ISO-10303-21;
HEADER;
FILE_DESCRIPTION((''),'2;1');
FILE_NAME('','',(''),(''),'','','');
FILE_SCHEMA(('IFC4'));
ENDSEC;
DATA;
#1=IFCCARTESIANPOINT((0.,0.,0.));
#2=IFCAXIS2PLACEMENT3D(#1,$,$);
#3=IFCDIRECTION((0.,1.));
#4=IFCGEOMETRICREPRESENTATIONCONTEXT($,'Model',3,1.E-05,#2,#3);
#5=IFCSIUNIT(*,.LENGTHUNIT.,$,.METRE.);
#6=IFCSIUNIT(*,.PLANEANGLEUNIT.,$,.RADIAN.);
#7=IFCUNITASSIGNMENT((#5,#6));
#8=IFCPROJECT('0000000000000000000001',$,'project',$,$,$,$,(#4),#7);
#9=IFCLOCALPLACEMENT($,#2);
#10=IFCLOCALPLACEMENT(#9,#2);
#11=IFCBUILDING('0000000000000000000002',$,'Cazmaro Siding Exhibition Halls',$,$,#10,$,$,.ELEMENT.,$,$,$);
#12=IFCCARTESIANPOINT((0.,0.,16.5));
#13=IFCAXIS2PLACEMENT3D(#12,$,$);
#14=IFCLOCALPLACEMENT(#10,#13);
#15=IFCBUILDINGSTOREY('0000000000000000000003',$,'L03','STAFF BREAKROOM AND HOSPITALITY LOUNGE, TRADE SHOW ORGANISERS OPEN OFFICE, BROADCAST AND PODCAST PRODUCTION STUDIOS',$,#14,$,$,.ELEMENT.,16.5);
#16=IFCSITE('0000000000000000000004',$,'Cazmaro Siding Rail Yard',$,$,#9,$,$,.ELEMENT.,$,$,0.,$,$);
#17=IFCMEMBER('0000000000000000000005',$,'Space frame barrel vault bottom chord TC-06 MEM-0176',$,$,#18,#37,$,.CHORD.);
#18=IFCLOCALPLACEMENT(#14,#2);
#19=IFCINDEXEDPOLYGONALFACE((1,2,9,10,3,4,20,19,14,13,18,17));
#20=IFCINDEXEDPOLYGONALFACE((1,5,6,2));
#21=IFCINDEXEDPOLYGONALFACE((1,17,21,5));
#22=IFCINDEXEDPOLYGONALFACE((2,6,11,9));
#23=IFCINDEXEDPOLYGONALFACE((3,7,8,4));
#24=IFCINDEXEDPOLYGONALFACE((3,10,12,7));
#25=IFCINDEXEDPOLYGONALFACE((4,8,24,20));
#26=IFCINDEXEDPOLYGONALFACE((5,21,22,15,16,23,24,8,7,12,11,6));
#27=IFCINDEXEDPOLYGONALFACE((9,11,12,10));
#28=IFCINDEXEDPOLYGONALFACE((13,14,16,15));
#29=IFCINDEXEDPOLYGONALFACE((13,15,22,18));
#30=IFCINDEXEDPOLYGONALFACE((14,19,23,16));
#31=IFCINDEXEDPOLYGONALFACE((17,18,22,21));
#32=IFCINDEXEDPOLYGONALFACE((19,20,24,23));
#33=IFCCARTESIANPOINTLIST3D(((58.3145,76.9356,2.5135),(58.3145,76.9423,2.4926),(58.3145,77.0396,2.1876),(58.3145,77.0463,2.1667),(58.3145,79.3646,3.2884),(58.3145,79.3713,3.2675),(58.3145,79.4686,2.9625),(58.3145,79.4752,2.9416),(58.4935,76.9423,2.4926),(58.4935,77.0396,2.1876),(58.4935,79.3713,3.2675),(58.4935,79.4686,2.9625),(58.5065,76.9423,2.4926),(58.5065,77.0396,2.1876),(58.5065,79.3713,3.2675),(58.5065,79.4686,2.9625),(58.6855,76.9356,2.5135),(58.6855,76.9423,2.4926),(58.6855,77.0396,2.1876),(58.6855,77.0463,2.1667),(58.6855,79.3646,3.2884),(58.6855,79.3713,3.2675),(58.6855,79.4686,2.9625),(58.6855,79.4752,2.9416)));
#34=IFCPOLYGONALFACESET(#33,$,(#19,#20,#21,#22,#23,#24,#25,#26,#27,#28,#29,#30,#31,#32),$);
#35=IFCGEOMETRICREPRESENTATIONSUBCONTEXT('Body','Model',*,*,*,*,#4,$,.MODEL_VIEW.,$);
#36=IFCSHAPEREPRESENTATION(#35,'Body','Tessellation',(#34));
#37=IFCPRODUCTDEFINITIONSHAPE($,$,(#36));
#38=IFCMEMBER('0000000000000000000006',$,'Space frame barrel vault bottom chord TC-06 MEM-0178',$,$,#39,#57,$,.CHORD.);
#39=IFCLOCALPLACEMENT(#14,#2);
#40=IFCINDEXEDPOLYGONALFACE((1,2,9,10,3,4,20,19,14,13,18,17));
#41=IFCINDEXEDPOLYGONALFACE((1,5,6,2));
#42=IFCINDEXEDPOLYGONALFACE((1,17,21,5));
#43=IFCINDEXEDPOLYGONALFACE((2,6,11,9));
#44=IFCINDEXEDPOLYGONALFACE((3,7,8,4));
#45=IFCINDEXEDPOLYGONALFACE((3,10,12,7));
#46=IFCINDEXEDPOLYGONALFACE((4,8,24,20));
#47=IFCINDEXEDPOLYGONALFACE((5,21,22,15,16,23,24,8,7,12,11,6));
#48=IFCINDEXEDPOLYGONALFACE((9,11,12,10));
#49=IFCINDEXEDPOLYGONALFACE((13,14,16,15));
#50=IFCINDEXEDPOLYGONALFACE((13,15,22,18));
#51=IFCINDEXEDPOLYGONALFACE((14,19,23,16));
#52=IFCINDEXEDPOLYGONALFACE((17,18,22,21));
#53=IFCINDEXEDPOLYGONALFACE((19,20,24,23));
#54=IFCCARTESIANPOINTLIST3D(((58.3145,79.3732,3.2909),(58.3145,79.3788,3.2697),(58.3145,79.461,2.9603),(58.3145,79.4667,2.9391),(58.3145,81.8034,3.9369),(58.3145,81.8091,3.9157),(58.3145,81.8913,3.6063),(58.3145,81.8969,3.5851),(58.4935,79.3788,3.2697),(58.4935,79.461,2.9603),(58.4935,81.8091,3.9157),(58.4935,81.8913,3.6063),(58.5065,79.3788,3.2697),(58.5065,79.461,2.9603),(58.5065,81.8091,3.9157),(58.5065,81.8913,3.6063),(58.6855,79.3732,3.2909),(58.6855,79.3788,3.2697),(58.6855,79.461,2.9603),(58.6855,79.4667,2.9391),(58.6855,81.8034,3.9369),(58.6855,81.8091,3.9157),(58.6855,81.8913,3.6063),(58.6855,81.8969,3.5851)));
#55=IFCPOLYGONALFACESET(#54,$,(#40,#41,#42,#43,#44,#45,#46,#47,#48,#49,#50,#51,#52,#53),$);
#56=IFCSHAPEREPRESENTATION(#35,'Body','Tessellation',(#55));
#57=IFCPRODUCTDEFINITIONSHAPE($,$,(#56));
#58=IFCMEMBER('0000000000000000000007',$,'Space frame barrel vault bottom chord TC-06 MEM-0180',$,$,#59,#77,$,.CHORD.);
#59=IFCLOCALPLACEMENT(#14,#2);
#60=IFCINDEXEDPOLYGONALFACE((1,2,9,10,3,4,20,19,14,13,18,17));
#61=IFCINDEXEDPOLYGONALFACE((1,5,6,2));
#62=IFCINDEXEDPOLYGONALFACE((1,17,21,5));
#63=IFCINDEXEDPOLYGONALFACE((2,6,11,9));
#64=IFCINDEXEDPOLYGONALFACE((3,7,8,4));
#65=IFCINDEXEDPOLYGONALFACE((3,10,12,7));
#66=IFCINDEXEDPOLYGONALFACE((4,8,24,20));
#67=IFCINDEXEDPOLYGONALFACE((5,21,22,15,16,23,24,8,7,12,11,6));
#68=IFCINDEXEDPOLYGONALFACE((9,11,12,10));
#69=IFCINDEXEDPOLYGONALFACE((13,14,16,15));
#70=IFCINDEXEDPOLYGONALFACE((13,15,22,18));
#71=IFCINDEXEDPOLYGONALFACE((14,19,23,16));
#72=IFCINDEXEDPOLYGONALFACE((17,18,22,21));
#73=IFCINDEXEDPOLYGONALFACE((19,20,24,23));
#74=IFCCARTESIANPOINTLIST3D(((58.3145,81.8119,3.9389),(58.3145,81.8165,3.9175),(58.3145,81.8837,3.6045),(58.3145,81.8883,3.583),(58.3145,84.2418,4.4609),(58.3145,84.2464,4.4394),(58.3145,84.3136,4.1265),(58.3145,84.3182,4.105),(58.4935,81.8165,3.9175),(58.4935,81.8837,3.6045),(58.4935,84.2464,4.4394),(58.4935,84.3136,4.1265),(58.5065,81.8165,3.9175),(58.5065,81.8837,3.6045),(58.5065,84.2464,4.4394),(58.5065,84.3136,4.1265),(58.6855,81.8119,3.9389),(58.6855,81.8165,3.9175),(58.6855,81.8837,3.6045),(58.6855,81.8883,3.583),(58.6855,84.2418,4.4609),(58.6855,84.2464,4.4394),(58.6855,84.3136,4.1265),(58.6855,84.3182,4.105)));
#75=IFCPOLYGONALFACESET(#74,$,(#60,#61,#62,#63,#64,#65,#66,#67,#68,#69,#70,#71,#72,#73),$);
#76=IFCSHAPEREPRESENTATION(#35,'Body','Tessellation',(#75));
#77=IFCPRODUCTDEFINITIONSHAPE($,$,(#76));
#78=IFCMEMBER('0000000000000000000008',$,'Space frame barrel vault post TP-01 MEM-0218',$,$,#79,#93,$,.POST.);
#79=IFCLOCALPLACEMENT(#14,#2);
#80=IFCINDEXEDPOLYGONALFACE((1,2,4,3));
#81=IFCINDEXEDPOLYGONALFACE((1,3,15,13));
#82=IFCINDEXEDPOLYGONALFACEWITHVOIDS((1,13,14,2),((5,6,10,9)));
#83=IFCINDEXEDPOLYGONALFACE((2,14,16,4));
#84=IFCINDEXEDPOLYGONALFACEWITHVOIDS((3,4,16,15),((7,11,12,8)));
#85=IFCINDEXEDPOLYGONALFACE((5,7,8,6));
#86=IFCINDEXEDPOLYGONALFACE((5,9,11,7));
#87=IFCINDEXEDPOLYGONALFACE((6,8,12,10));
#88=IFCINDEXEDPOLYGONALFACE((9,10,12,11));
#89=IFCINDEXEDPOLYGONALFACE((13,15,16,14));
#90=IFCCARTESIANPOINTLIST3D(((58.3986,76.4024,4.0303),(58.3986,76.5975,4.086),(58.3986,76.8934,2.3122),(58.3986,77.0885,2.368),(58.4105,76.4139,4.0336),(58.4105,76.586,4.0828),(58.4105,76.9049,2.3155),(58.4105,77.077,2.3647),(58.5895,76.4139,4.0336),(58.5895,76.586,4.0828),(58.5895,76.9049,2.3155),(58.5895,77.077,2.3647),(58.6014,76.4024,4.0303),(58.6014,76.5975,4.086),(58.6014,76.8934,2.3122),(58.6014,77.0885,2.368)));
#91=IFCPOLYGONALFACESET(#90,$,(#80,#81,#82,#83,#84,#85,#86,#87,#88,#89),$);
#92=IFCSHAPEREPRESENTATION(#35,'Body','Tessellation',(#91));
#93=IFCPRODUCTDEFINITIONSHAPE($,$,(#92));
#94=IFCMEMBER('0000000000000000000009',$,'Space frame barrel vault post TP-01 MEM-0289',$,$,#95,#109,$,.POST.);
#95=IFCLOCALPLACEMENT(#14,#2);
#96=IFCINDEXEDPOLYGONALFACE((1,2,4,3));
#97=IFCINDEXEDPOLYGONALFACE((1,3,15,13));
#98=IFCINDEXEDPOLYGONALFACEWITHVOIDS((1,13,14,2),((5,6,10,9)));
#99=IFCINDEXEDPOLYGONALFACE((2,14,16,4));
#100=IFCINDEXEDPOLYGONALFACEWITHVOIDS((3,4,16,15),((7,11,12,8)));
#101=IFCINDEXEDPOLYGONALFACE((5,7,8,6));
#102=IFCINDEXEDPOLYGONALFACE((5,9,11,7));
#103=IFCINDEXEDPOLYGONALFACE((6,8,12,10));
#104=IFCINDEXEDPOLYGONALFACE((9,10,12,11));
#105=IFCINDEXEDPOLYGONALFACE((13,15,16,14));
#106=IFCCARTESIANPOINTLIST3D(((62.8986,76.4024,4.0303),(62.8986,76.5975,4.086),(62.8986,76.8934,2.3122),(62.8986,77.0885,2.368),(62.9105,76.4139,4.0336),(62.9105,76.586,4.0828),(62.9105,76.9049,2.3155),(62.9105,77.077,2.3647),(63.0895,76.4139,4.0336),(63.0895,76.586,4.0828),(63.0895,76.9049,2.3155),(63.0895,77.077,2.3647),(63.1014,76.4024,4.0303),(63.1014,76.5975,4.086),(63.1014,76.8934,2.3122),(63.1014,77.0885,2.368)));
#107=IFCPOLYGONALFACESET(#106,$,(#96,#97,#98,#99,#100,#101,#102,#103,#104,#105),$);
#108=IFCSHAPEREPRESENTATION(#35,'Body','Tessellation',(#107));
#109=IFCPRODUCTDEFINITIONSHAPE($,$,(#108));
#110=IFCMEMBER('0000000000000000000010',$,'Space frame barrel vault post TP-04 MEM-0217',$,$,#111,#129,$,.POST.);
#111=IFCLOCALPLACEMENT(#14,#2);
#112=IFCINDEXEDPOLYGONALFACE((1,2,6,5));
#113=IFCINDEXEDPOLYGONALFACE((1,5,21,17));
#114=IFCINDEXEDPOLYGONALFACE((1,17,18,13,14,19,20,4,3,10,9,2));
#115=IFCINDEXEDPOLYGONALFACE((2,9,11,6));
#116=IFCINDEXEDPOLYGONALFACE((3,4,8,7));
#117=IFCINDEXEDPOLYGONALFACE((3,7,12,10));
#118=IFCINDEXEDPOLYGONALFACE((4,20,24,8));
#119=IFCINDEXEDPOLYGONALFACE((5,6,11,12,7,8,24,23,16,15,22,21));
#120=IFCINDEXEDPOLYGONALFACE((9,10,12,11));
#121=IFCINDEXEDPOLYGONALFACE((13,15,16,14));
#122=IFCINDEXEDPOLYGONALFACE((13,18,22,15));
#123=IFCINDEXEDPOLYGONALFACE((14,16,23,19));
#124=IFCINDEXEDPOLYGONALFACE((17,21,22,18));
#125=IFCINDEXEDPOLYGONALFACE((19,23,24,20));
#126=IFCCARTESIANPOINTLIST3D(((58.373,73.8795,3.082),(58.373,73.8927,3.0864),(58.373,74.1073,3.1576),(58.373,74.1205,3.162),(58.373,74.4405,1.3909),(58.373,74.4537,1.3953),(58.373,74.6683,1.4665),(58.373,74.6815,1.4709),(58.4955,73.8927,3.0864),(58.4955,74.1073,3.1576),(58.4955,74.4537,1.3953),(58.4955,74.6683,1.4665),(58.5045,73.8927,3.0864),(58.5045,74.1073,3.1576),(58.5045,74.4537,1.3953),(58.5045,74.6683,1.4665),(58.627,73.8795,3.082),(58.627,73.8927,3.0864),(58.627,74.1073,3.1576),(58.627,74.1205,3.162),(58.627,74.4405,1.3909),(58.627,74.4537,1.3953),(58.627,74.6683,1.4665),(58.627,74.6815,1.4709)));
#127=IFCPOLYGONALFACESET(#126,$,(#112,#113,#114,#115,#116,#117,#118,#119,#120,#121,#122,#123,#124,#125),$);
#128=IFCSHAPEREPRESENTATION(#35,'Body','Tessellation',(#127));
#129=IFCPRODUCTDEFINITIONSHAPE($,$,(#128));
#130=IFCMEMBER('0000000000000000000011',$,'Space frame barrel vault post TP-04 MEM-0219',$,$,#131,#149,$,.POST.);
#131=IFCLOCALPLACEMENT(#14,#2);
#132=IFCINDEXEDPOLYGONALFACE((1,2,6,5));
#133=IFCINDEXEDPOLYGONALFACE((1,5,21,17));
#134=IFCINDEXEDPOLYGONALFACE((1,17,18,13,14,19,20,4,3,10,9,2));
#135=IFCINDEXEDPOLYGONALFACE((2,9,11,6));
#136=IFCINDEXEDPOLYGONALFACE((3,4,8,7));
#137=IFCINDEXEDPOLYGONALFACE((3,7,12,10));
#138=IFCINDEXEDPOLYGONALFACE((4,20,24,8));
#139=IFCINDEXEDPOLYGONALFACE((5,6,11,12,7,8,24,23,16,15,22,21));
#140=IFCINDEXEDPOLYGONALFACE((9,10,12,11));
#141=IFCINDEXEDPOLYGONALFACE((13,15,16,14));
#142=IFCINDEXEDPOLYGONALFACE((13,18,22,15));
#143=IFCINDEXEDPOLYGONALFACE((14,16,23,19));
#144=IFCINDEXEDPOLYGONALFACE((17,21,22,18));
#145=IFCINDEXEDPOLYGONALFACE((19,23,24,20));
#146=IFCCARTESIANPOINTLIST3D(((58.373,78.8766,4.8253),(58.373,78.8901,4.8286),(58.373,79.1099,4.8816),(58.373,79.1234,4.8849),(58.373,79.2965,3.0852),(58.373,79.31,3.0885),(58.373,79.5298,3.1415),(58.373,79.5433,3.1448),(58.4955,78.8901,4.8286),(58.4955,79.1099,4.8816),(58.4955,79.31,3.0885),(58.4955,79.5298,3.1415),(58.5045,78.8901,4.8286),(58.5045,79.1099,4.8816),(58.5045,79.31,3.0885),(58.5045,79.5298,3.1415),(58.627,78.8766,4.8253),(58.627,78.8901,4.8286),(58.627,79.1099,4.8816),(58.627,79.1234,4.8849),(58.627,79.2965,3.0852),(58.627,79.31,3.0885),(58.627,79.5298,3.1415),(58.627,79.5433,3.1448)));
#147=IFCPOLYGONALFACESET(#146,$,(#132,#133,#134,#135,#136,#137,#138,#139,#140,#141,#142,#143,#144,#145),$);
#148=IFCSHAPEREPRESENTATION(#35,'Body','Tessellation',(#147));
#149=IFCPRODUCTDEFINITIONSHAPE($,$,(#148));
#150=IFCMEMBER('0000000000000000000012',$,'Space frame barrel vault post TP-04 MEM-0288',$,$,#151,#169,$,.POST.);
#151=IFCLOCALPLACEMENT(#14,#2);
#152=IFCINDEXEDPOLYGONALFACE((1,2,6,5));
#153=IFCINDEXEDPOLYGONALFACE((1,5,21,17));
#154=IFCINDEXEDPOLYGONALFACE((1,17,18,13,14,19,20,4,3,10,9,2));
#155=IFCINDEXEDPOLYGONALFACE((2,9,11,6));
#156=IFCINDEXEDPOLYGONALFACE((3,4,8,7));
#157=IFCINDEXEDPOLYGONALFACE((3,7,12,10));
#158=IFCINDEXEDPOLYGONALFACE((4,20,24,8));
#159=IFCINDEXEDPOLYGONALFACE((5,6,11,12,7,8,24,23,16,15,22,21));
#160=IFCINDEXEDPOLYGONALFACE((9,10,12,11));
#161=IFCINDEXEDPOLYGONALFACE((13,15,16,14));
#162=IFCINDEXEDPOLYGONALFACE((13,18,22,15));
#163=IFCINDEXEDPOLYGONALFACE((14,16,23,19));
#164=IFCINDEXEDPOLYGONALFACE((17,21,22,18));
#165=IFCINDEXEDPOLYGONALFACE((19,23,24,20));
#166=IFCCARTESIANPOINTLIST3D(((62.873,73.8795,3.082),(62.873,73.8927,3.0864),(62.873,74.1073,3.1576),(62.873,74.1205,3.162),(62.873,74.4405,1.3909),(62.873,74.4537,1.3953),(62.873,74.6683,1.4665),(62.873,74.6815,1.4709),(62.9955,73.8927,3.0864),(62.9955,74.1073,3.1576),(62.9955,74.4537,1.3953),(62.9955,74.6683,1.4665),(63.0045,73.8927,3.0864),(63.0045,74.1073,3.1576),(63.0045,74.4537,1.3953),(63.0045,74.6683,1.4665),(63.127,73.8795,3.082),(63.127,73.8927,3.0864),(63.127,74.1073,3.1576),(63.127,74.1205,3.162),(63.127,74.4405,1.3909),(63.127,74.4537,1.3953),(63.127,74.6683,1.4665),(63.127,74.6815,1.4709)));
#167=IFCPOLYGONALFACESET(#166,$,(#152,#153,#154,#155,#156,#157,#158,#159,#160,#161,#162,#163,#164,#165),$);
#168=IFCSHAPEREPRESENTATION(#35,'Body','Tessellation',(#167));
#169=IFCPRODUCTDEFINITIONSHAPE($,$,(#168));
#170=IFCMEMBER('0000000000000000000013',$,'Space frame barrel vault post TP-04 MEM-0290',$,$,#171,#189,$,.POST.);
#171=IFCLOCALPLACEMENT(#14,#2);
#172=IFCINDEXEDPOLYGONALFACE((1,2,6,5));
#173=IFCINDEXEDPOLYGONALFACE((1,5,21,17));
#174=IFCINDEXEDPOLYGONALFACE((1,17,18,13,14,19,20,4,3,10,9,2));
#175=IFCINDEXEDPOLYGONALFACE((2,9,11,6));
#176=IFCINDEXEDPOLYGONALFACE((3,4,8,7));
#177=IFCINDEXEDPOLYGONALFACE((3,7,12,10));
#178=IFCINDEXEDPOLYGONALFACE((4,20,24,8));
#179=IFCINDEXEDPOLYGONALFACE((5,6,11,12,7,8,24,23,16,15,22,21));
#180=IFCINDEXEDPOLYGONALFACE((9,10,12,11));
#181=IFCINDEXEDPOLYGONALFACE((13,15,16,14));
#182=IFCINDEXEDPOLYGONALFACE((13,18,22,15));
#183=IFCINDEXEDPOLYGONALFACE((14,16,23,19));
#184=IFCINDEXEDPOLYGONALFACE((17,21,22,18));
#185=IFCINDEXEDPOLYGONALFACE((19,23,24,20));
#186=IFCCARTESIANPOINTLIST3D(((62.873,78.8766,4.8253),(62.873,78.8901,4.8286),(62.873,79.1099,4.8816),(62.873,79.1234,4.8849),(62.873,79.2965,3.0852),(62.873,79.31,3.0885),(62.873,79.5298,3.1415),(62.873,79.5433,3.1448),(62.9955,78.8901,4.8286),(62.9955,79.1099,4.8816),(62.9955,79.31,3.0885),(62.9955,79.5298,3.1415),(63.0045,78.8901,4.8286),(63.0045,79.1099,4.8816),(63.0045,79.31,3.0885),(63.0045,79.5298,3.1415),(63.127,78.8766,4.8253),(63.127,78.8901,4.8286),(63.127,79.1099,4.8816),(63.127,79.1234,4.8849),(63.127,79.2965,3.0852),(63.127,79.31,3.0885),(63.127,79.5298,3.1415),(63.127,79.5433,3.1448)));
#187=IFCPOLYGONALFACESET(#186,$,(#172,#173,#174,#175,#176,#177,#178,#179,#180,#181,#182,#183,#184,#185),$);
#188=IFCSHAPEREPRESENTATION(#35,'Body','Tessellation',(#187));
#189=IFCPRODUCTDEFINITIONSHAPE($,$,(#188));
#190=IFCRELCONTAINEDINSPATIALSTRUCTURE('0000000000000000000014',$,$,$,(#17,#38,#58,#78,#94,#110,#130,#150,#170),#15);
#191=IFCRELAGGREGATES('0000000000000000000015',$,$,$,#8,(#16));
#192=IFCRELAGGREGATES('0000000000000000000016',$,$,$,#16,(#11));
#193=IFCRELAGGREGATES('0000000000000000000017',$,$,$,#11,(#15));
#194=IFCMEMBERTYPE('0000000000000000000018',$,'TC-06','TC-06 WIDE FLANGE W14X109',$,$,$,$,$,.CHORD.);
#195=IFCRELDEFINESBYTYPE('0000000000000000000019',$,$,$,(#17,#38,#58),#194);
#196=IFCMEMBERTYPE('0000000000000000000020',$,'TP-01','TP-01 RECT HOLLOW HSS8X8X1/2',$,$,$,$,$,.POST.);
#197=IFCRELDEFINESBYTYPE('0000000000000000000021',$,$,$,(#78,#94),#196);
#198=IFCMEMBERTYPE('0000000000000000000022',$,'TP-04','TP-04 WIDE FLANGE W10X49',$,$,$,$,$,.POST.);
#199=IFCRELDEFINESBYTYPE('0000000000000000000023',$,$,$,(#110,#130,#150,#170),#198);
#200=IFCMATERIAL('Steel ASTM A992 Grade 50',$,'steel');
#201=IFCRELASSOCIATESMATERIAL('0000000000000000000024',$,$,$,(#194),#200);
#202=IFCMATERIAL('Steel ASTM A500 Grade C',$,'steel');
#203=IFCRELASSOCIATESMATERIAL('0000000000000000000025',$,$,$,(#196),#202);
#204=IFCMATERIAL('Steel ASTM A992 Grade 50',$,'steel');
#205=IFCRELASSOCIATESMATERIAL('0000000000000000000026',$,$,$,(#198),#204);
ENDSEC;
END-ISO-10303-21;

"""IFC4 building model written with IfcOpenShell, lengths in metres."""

from ifc_helpers import new_model, si_unit, direction, frame, origin, origin_2d, place, context, subcontext, project, spatial, hollow_rectangle, i_section, extrude, material, material_profile, profile_set, type_object, element, save


model = new_model("IFC4")

# Units and contexts
model_context = context("Model", 3, precision=1e-05, world=origin(), true_north=direction((0.0, 1.0)))
body_context = subcontext(model_context, "Body", "Model", "MODEL_VIEW")
ifc_project = project(units=[si_unit("LENGTHUNIT", "METRE"), si_unit("PLANEANGLEUNIT", "RADIAN")], contexts=[model_context])

# Site, building, storey
site_placement = place(None, origin())
site = spatial("IfcSite", under=ifc_project, at=site_placement, Name="Cazmaro Siding Rail Yard", CompositionType="ELEMENT", RefElevation=0.0)
building_placement = place(site_placement, origin())
building = spatial("IfcBuilding", under=site, at=building_placement, Name="Cazmaro Siding Exhibition Halls", CompositionType="ELEMENT")
storey_placement = place(building_placement, frame((0.0, 0.0, 16.5)))
storey = spatial("IfcBuildingStorey", under=building, at=storey_placement, Name="L03", Description="STAFF BREAKROOM AND HOSPITALITY LOUNGE, TRADE SHOW ORGANISERS OPEN OFFICE, BROADCAST AND PODCAST PRODUCTION STUDIOS", CompositionType="ELEMENT", Elevation=16.5)

# Members
ifc_material_1 = material(Name="Steel ASTM A992 Grade 50", Category="steel")
ifc_material_profile_1 = material_profile(ifc_material_1, i_section(OverallWidth=0.3711, OverallDepth=0.364, WebThickness=0.0129, FlangeThickness=0.022, at=origin_2d()), Name="W14X109")
ifc_profile_set_1 = profile_set([ifc_material_profile_1], Name="Steel ASTM A992 Grade 50")
member_type_1 = type_object("IfcMemberType", Name="TC-06", Description="TC-06 WIDE FLANGE W14X109", PredefinedType="CHORD", material=ifc_profile_set_1)
member_1_placement = place(storey_placement, frame((58.5, 76.991, 2.3401), z_axis=(0.0, 0.952693, 0.303935), x_axis=(-1.0, 0.0, 0.0)))
element("IfcMember", 1, at=member_1_placement, inside=storey, type_object=member_type_1, Name="Space frame barrel vault bottom chord TC-06 MEM-0176", PredefinedType="CHORD", context=body_context, shape_type="SweptSolid", body=[
    extrude(i_section(OverallWidth=0.3711, OverallDepth=0.364, WebThickness=0.0129, FlangeThickness=0.022, at=origin_2d()), origin(), (0.0, 0.0, 1.0), 2.5496),
])
member_2_placement = place(storey_placement, frame((58.5, 79.4199, 3.115), z_axis=(0.0, 0.966438, 0.256901), x_axis=(-1.0, 0.0, 0.0)))
element("IfcMember", 2, at=member_2_placement, inside=storey, type_object=member_type_1, Name="Space frame barrel vault bottom chord TC-06 MEM-0178", PredefinedType="CHORD", context=body_context, shape_type="SweptSolid", body=[
    extrude(i_section(OverallWidth=0.3711, OverallDepth=0.364, WebThickness=0.0129, FlangeThickness=0.022, at=origin_2d()), origin(), (0.0, 0.0, 1.0), 2.5146),
])
member_3_placement = place(storey_placement, frame((58.5, 81.8501, 3.761), z_axis=(0.0, 0.977697, 0.210019), x_axis=(-1.0, 0.0, 0.0)))
element("IfcMember", 3, at=member_3_placement, inside=storey, type_object=member_type_1, Name="Space frame barrel vault bottom chord TC-06 MEM-0180", PredefinedType="CHORD", context=body_context, shape_type="SweptSolid", body=[
    extrude(i_section(OverallWidth=0.3711, OverallDepth=0.364, WebThickness=0.0129, FlangeThickness=0.022, at=origin_2d()), origin(), (0.0, 0.0, 1.0), 2.4854),
])
ifc_material_2 = material(Name="Steel ASTM A500 Grade C", Category="steel")
ifc_material_profile_2 = material_profile(ifc_material_2, hollow_rectangle(XDim=0.2029, YDim=0.2029, WallThickness=0.012, at=origin_2d()), Name="HSS8X8X1/2")
ifc_profile_set_2 = profile_set([ifc_material_profile_2], Name="Steel ASTM A500 Grade C")
member_type_2 = type_object("IfcMemberType", Name="TP-01", Description="TP-01 RECT HOLLOW HSS8X8X1/2", PredefinedType="POST", material=ifc_profile_set_2)
for number, where, z_axis, x_axis, name in (
    (4, (58.5, 76.991, 2.3401), (0.0, -0.274775, 0.961508), (1.0, 0.0, 0.0), "Space frame barrel vault post TP-01 MEM-0218"),
    (5, (63.0, 76.991, 2.3401), (0.0, -0.274775, 0.961508), (1.0, 0.0, 0.0), "Space frame barrel vault post TP-01 MEM-0289"),
):
    element("IfcMember", number, at=place(storey_placement, frame(where, z_axis=z_axis, x_axis=x_axis)), inside=storey, type_object=member_type_2, Name=name, PredefinedType="POST", context=body_context, shape_type="SweptSolid", body=[
        extrude(hollow_rectangle(XDim=0.2029, YDim=0.2029, WallThickness=0.012, at=origin_2d()), origin(), (0.0, 0.0, 1.0), 1.7869),
    ])
ifc_material_3 = material(Name="Steel ASTM A992 Grade 50", Category="steel")
ifc_material_profile_3 = material_profile(ifc_material_3, i_section(OverallWidth=0.2539, OverallDepth=0.2539, WebThickness=0.009, FlangeThickness=0.0139, at=origin_2d()), Name="W10X49")
ifc_profile_set_3 = profile_set([ifc_material_profile_3], Name="Steel ASTM A992 Grade 50")
member_type_3 = type_object("IfcMemberType", Name="TP-04", Description="TP-04 WIDE FLANGE W10X49", PredefinedType="POST", material=ifc_profile_set_3)
member_4_placement = place(storey_placement, frame((58.5, 74.561, 1.4309), z_axis=(0.0, -0.314871, 0.949134), x_axis=(1.0, 0.0, 0.0)))
element("IfcMember", 6, at=member_4_placement, inside=storey, type_object=member_type_3, Name="Space frame barrel vault post TP-04 MEM-0217", PredefinedType="POST", context=body_context, shape_type="SweptSolid", body=[
    extrude(i_section(OverallWidth=0.2539, OverallDepth=0.2539, WebThickness=0.009, FlangeThickness=0.0139, at=origin_2d()), origin(), (0.0, 0.0, 1.0), 1.7817),
])
member_5_placement = place(storey_placement, frame((58.5, 79.4199, 3.115), z_axis=(0.0, -0.234601, 0.972092), x_axis=(1.0, 0.0, 0.0)))
element("IfcMember", 7, at=member_5_placement, inside=storey, type_object=member_type_3, Name="Space frame barrel vault post TP-04 MEM-0219", PredefinedType="POST", context=body_context, shape_type="SweptSolid", body=[
    extrude(i_section(OverallWidth=0.2539, OverallDepth=0.2539, WebThickness=0.009, FlangeThickness=0.0139, at=origin_2d()), origin(), (0.0, 0.0, 1.0), 1.79),
])
member_6_placement = place(storey_placement, frame((63.0, 74.561, 1.4309), z_axis=(0.0, -0.314871, 0.949134), x_axis=(1.0, 0.0, 0.0)))
element("IfcMember", 8, at=member_6_placement, inside=storey, type_object=member_type_3, Name="Space frame barrel vault post TP-04 MEM-0288", PredefinedType="POST", context=body_context, shape_type="SweptSolid", body=[
    extrude(i_section(OverallWidth=0.2539, OverallDepth=0.2539, WebThickness=0.009, FlangeThickness=0.0139, at=origin_2d()), origin(), (0.0, 0.0, 1.0), 1.7817),
])
member_7_placement = place(storey_placement, frame((63.0, 79.4199, 3.115), z_axis=(0.0, -0.234601, 0.972092), x_axis=(1.0, 0.0, 0.0)))
element("IfcMember", 9, at=member_7_placement, inside=storey, type_object=member_type_3, Name="Space frame barrel vault post TP-04 MEM-0290", PredefinedType="POST", context=body_context, shape_type="SweptSolid", body=[
    extrude(i_section(OverallWidth=0.2539, OverallDepth=0.2539, WebThickness=0.009, FlangeThickness=0.0139, at=origin_2d()), origin(), (0.0, 0.0, 1.0), 1.79),
])

save(model, "model.ifc")
